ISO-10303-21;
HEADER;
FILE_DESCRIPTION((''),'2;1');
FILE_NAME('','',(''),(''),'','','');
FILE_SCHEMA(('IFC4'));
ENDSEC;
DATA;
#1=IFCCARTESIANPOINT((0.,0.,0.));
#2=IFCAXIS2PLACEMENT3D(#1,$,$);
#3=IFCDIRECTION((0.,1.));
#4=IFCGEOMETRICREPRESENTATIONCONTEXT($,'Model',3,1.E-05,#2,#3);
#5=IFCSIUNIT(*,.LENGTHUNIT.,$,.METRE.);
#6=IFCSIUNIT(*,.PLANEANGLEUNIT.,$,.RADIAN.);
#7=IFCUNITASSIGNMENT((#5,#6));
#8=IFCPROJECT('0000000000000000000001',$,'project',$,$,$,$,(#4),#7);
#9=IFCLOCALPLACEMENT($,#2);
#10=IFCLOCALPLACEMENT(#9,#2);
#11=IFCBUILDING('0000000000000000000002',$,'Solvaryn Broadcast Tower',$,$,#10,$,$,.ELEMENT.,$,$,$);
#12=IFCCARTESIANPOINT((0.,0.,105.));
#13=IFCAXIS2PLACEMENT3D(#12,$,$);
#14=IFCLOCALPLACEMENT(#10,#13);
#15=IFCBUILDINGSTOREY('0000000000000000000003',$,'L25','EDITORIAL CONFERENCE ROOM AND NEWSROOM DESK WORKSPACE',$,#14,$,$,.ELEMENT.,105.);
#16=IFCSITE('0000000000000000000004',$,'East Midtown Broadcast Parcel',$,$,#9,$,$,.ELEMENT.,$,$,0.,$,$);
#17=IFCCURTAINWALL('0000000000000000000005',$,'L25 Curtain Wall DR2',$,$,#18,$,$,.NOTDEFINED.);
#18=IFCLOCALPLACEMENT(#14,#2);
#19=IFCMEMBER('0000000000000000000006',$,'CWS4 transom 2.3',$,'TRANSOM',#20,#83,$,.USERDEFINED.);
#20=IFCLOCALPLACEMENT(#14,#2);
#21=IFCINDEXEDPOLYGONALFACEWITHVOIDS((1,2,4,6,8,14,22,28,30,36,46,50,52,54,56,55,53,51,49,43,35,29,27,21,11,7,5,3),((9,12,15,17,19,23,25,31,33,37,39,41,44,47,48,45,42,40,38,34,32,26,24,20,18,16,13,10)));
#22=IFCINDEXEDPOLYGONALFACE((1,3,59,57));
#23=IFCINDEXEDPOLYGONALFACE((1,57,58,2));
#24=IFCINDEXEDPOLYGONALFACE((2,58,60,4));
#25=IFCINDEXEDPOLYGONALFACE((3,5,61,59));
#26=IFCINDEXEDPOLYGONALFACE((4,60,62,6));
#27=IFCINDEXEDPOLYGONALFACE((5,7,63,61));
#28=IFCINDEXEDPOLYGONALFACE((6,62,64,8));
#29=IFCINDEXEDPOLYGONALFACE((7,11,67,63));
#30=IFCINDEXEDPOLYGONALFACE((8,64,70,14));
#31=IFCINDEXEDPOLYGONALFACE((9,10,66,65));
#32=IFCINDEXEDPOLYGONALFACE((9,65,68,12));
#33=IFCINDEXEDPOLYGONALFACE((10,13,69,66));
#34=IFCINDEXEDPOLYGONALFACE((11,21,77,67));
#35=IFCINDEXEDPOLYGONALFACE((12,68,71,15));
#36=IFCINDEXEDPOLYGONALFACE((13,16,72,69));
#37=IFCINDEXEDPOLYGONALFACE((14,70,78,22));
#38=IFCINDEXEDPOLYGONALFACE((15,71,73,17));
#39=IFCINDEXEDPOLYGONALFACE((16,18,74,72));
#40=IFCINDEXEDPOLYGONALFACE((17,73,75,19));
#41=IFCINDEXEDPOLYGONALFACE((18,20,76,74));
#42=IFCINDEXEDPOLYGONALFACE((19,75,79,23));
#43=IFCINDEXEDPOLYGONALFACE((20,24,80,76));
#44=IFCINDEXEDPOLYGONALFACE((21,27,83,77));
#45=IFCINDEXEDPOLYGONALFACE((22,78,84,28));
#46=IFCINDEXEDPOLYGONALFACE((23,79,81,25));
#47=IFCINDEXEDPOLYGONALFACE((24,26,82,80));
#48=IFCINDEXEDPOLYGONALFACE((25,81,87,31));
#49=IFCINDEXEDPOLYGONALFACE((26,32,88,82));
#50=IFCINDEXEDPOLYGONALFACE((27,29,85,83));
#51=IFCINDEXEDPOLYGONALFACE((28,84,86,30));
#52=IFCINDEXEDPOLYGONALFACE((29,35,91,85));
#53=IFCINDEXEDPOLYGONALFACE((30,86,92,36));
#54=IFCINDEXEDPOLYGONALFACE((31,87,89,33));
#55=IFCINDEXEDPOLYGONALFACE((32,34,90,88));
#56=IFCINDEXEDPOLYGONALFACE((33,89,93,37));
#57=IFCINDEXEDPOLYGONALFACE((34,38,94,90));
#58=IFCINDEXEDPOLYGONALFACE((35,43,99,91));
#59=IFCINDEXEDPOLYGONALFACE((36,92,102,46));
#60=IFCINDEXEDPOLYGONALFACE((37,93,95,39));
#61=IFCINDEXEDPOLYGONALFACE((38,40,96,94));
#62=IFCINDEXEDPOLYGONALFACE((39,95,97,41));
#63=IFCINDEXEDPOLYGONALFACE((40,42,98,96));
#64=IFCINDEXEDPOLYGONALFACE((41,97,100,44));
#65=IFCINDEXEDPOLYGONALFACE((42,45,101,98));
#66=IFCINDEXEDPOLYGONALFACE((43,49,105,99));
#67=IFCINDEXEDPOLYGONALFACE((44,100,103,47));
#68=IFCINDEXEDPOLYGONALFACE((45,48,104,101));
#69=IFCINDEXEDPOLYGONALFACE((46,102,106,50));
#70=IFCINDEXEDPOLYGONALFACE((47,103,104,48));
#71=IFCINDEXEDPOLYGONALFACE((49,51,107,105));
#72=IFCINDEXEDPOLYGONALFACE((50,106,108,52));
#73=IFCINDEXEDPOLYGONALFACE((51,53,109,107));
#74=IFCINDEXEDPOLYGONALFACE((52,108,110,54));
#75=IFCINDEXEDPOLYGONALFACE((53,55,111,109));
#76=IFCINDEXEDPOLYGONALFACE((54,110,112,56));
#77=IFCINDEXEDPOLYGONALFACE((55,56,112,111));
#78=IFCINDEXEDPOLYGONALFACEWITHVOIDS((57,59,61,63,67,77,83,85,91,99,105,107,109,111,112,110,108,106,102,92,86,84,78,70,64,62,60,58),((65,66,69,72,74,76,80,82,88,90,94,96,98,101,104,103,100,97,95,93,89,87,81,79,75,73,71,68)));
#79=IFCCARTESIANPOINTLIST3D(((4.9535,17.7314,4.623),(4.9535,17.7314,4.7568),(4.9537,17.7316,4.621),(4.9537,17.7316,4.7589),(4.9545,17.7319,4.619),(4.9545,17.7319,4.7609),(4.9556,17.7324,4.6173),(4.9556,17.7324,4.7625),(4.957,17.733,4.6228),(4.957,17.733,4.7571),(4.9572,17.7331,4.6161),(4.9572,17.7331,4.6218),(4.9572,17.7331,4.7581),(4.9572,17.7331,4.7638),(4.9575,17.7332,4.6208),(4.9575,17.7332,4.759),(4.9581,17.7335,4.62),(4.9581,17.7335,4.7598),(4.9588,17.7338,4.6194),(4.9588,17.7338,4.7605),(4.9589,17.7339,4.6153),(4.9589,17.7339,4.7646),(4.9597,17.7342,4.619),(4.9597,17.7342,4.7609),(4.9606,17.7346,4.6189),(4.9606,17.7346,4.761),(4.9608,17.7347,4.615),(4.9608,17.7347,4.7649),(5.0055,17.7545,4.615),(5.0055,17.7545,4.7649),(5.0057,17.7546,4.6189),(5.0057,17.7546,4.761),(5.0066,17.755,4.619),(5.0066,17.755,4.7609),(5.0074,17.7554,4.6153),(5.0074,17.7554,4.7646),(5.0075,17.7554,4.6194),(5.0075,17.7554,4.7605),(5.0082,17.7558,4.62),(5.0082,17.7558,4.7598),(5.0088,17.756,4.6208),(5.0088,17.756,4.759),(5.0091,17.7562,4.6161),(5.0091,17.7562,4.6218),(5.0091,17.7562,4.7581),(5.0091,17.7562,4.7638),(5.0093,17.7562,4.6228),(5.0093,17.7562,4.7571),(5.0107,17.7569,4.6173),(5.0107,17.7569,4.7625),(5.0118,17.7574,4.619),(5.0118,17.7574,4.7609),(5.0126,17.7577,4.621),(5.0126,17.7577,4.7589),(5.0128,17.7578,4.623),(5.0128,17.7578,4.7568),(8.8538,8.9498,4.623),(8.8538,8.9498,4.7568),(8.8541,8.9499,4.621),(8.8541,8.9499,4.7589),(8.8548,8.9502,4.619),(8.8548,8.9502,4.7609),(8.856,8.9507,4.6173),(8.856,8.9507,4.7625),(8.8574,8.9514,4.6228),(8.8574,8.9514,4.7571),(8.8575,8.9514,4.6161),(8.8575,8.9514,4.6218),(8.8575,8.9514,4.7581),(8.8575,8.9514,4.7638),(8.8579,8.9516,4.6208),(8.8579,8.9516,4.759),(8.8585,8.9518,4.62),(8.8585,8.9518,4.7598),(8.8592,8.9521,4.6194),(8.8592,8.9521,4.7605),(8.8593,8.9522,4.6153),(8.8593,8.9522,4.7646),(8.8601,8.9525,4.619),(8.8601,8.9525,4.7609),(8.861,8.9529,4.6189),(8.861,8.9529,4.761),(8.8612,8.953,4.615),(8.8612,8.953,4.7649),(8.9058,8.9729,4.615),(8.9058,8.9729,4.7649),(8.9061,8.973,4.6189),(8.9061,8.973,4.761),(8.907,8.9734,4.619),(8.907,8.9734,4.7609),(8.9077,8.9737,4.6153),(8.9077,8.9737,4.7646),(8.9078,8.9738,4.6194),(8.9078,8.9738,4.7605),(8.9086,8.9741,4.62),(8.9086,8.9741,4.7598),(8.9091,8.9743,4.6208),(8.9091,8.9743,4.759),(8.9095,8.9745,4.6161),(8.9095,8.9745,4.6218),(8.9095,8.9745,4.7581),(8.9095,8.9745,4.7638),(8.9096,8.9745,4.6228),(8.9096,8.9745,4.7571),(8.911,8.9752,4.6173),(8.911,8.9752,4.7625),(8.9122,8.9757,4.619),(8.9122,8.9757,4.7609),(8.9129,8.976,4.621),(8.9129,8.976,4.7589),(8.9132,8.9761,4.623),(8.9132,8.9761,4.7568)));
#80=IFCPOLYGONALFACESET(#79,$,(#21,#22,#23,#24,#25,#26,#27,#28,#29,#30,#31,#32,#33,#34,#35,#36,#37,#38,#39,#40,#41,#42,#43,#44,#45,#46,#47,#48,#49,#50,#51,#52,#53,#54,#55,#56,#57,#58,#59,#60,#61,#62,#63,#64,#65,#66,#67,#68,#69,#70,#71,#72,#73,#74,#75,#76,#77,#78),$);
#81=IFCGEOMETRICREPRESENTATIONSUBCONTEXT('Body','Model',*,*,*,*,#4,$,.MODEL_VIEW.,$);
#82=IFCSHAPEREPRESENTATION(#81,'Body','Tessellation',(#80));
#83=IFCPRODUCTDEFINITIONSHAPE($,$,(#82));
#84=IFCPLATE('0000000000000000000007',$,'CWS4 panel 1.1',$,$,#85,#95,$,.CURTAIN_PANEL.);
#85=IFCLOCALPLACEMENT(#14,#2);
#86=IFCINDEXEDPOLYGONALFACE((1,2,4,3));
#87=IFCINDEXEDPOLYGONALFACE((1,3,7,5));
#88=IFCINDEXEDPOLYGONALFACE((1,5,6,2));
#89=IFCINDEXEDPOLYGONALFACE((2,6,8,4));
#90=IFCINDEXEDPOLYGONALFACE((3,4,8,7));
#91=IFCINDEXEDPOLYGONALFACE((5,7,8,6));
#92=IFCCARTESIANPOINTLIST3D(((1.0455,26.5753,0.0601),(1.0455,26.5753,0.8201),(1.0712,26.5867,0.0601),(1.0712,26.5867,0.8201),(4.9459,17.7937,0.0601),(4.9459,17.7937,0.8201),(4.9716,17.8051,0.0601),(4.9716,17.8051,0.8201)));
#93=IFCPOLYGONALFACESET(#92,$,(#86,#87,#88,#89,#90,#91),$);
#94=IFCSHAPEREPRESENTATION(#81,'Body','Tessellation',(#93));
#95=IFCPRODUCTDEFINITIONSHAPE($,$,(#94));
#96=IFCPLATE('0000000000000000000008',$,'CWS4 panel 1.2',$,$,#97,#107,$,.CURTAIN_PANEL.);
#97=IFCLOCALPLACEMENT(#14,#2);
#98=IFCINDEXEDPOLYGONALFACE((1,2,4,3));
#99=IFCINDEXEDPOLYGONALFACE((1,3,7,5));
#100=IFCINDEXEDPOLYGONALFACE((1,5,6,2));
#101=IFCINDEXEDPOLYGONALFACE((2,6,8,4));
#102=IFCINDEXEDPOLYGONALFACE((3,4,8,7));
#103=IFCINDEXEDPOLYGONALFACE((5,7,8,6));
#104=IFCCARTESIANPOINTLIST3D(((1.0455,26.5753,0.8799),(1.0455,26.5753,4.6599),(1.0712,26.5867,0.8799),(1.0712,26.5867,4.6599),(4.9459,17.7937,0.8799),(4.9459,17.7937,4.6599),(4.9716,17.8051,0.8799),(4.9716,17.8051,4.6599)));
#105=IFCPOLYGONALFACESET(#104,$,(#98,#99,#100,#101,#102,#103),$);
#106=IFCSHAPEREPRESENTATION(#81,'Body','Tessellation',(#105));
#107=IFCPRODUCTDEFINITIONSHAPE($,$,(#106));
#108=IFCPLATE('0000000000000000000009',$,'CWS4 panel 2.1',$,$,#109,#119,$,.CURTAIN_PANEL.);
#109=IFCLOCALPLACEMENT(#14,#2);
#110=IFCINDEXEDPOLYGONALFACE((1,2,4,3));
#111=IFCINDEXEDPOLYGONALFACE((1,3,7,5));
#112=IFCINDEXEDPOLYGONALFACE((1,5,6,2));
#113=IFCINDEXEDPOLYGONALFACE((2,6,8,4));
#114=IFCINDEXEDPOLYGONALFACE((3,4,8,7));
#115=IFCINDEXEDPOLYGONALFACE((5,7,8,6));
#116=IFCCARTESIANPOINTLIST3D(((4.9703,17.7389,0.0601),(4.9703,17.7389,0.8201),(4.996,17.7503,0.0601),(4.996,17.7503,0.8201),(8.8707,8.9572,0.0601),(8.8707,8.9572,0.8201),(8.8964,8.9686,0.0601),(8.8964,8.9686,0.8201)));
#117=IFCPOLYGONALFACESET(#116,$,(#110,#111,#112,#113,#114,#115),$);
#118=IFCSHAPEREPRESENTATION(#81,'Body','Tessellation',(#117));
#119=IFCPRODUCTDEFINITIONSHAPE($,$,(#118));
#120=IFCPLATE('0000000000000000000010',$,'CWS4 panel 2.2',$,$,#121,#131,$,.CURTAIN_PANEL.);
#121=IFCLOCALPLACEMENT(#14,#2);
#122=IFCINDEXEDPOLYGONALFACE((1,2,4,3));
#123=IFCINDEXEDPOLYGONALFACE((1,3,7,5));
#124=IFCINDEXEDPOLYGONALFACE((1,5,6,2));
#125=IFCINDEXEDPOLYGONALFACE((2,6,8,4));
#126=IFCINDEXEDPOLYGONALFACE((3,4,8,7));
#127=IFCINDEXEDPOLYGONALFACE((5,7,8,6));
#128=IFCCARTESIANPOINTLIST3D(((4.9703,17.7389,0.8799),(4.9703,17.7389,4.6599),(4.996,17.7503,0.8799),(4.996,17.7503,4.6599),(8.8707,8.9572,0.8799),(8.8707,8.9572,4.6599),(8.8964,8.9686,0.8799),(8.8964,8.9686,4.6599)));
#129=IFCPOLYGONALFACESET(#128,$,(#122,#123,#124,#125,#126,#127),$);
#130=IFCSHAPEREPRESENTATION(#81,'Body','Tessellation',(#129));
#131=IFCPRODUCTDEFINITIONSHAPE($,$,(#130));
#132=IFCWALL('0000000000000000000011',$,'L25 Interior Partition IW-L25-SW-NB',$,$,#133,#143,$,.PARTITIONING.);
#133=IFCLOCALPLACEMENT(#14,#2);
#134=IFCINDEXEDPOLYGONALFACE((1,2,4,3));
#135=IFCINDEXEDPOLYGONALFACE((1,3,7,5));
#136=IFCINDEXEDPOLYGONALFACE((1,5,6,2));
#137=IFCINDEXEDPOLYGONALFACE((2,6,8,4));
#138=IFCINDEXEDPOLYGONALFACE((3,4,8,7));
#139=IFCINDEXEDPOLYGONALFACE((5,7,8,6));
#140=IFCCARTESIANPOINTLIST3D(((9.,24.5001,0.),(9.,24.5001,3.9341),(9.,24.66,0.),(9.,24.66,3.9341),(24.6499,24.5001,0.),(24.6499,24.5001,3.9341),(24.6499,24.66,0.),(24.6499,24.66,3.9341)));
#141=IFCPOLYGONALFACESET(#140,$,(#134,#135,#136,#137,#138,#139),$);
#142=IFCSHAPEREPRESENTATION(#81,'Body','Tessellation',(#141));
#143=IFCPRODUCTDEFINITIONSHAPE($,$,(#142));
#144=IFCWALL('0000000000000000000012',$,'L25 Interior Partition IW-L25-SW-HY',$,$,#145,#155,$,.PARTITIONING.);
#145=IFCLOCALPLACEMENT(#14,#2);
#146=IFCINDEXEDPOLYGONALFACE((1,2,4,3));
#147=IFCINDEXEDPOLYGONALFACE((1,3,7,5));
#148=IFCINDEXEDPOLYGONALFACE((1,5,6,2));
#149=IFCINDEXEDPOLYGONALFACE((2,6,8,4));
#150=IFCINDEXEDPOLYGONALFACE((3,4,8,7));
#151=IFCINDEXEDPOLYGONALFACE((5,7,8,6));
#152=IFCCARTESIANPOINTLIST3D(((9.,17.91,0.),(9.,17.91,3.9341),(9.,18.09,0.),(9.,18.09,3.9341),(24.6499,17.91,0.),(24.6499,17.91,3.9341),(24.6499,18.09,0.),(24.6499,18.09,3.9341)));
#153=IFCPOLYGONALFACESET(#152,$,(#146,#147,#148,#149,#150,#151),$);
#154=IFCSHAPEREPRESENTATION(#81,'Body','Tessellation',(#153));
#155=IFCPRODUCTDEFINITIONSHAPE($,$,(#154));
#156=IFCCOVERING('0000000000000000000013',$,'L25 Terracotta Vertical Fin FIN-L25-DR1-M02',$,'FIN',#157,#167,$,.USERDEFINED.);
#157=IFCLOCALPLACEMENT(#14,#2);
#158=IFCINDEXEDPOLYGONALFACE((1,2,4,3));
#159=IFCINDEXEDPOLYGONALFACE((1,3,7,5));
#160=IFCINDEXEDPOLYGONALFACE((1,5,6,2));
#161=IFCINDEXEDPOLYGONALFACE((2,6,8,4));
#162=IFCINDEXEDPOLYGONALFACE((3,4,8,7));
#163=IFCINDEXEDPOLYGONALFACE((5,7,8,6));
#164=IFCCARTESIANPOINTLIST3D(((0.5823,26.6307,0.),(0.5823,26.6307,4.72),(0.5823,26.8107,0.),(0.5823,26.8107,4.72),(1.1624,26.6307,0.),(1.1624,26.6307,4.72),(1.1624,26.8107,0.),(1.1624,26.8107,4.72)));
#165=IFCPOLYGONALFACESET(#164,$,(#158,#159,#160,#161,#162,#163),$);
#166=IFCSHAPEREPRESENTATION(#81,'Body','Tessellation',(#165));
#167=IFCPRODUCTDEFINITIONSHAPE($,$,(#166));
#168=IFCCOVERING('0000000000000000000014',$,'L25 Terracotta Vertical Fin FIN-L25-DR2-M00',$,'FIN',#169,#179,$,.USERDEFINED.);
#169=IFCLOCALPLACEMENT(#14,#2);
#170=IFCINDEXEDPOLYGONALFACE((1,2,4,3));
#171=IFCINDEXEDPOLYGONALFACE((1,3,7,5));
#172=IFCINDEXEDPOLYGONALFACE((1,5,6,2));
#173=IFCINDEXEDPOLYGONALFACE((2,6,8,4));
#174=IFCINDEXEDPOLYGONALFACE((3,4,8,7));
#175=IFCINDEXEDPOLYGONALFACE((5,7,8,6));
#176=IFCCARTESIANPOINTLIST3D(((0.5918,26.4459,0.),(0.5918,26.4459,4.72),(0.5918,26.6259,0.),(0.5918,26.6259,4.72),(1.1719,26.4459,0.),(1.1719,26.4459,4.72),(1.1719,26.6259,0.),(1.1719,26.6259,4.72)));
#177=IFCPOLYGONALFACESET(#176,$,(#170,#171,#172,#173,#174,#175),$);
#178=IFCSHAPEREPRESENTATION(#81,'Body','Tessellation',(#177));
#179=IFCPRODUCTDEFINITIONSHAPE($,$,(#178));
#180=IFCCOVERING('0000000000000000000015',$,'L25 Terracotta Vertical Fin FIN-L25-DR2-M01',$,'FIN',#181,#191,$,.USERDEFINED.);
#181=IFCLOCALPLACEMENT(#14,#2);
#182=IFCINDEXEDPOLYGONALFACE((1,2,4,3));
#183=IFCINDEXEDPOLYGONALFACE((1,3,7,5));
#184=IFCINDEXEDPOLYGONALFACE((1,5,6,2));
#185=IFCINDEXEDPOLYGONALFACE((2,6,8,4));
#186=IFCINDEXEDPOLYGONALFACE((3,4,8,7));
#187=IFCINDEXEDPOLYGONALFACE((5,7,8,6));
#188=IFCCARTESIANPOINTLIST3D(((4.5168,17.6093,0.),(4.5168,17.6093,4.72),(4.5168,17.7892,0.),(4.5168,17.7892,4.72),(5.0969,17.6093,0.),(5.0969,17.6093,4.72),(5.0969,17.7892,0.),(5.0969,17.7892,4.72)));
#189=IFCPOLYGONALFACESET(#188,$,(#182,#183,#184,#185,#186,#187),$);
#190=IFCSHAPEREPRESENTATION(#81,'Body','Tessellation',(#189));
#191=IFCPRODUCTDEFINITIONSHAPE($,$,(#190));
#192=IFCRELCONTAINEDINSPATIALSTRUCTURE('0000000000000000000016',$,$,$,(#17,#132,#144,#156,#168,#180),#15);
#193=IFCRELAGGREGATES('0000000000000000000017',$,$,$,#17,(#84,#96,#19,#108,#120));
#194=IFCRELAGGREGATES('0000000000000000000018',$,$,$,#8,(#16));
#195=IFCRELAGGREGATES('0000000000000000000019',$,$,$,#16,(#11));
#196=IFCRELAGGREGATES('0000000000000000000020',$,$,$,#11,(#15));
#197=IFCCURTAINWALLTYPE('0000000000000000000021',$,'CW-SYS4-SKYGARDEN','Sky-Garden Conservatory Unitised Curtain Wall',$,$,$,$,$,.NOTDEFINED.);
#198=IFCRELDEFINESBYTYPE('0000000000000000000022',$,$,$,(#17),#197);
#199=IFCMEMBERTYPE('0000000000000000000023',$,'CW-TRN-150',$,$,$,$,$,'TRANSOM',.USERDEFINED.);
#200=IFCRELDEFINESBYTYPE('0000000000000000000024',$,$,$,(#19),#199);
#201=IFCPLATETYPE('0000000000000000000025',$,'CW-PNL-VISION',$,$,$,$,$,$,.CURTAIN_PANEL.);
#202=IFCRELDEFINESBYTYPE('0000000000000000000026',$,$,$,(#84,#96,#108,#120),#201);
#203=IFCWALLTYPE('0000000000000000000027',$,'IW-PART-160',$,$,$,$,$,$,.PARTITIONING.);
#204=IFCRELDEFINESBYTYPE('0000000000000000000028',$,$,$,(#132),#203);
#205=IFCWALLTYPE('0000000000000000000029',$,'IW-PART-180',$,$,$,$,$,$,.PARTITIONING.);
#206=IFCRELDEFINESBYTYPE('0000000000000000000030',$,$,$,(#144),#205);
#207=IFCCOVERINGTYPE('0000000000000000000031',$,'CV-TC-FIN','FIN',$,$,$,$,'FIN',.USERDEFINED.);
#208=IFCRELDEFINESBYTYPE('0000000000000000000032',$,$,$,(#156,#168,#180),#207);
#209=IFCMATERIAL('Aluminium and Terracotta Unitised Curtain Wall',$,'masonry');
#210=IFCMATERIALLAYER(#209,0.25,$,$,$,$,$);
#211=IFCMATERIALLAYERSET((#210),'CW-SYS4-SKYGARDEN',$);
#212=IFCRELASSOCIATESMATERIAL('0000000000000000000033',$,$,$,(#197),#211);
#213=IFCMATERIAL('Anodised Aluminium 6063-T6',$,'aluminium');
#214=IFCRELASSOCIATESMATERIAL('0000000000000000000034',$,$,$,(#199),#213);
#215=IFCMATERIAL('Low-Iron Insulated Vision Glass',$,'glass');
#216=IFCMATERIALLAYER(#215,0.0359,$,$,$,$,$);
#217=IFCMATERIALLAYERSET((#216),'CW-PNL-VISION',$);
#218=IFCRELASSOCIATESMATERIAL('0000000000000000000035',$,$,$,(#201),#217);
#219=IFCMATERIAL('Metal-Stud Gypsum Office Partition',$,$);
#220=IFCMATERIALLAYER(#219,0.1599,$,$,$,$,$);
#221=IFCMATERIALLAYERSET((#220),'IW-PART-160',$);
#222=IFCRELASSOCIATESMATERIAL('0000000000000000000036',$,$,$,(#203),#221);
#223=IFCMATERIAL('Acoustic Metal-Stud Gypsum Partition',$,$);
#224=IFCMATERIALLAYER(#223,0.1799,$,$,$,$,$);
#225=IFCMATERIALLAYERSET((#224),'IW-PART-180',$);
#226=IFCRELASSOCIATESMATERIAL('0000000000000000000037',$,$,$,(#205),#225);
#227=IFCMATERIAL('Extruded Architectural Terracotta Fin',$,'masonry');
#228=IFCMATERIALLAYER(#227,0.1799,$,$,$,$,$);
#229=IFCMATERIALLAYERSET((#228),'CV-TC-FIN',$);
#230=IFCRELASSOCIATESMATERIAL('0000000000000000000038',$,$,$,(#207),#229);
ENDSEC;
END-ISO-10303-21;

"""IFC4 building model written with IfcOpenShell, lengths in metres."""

from ifc_helpers import new_model, si_unit, direction, frame, frame_2d, origin, origin_2d, place, context, subcontext, project, spatial, rectangle, hollow_rectangle, extrude, material, layer, layer_set, material_profile, profile_set, type_object, element, aggregate, save


model = new_model("IFC4")

# Units and contexts
model_context = context("Model", 3, precision=1e-05, world=origin(), true_north=direction((0.0, 1.0)))
body_context = subcontext(model_context, "Body", "Model", "MODEL_VIEW")
ifc_project = project(units=[si_unit("LENGTHUNIT", "METRE"), si_unit("PLANEANGLEUNIT", "RADIAN")], contexts=[model_context])

# Site, building, storey
site_placement = place(None, origin())
site = spatial("IfcSite", under=ifc_project, at=site_placement, Name="East Midtown Broadcast Parcel", CompositionType="ELEMENT", RefElevation=0.0)
building_placement = place(site_placement, origin())
building = spatial("IfcBuilding", under=site, at=building_placement, Name="Solvaryn Broadcast Tower", CompositionType="ELEMENT")
storey_placement = place(building_placement, frame((0.0, 0.0, 105.0)))
storey = spatial("IfcBuildingStorey", under=building, at=storey_placement, Name="L25", Description="EDITORIAL CONFERENCE ROOM AND NEWSROOM DESK WORKSPACE", CompositionType="ELEMENT", Elevation=105.0)

# Shared definitions
ifc_material_1 = material(Name="Aluminium and Terracotta Unitised Curtain Wall", Category="masonry")
ifc_layer_1 = layer(ifc_material_1, 0.25)
ifc_layer_set_1 = layer_set([ifc_layer_1], Name="CW-SYS4-SKYGARDEN")
curtain_wall_type = type_object("IfcCurtainWallType", Name="CW-SYS4-SKYGARDEN", Description="Sky-Garden Conservatory Unitised Curtain Wall", PredefinedType="NOTDEFINED", material=ifc_layer_set_1)

# Curtain wall, member, plates
curtain_wall_1_placement = place(storey_placement, origin())
curtain_wall_1 = element("IfcCurtainWall", 1, at=curtain_wall_1_placement, inside=storey, type_object=curtain_wall_type, Name="L25 Curtain Wall DR2", PredefinedType="NOTDEFINED")
ifc_material_2 = material(Name="Anodised Aluminium 6063-T6", Category="aluminium")
ifc_material_profile_1 = material_profile(ifc_material_2, hollow_rectangle(XDim=0.0649, YDim=0.1499, WallThickness=0.0039, InnerFilletRadius=0.0039, OuterFilletRadius=0.0081, at=origin_2d()))
ifc_profile_set_1 = profile_set([ifc_material_profile_1], Name="Anodised Aluminium 6063-T6")
member_type_1 = type_object("IfcMemberType", Name="CW-TRN-150", ElementType="TRANSOM", PredefinedType="USERDEFINED", material=ifc_profile_set_1)
member_1_placement = place(storey_placement, frame((4.9832, 17.7446, 4.6899), z_axis=(0.405912, -0.913912, 0.0), x_axis=(0.913912, 0.405912, 0.0)))
member_1 = element("IfcMember", 2, at=member_1_placement, type_object=member_type_1, Name="CWS4 transom 2.3", ObjectType="TRANSOM", PredefinedType="USERDEFINED", context=body_context, shape_type="SweptSolid", body=[
    extrude(hollow_rectangle(XDim=0.0649, YDim=0.1499, WallThickness=0.0039, InnerFilletRadius=0.0039, OuterFilletRadius=0.0081, at=origin_2d()), origin(), (0.0, 0.0, 1.0), 9.6089),
])
ifc_material_3 = material(Name="Low-Iron Insulated Vision Glass", Category="glass")
ifc_layer_2 = layer(ifc_material_3, 0.0359)
ifc_layer_set_2 = layer_set([ifc_layer_2], Name="CW-PNL-VISION")
plate_type = type_object("IfcPlateType", Name="CW-PNL-VISION", PredefinedType="CURTAIN_PANEL", material=ifc_layer_set_2)
plate_1_placement = place(storey_placement, frame((3.0085, 22.1902, 0.0601), z_axis=(0.0, 0.0, 1.0), x_axis=(0.405918, -0.913909, 0.0)))
plate_1 = element("IfcPlate", 3, at=plate_1_placement, type_object=plate_type, Name="CWS4 panel 1.1", PredefinedType="CURTAIN_PANEL", context=body_context, shape_type="SweptSolid", body=[
    extrude(rectangle(XDim=9.6089, YDim=0.0281, at=origin_2d()), origin(), (0.0, 0.0, 1.0), 0.76),
])
plate_2_placement = place(storey_placement, frame((3.0085, 22.1902, 0.8799), z_axis=(0.0, 0.0, 1.0), x_axis=(0.405918, -0.913909, 0.0)))
plate_2 = element("IfcPlate", 4, at=plate_2_placement, type_object=plate_type, Name="CWS4 panel 1.2", PredefinedType="CURTAIN_PANEL", context=body_context, shape_type="SweptSolid", body=[
    extrude(rectangle(XDim=9.6089, YDim=0.0281, at=origin_2d()), origin(), (0.0, 0.0, 1.0), 3.78),
])
plate_3_placement = place(storey_placement, frame((6.9333, 13.3538, 0.0601), z_axis=(0.0, 0.0, 1.0), x_axis=(0.405918, -0.913909, 0.0)))
plate_3 = element("IfcPlate", 5, at=plate_3_placement, type_object=plate_type, Name="CWS4 panel 2.1", PredefinedType="CURTAIN_PANEL", context=body_context, shape_type="SweptSolid", body=[
    extrude(rectangle(XDim=9.6089, YDim=0.0281, at=origin_2d()), origin(), (0.0, 0.0, 1.0), 0.76),
])
plate_4_placement = place(storey_placement, frame((6.9333, 13.3538, 0.8799), z_axis=(0.0, 0.0, 1.0), x_axis=(0.405918, -0.913909, 0.0)))
plate_4 = element("IfcPlate", 6, at=plate_4_placement, type_object=plate_type, Name="CWS4 panel 2.2", PredefinedType="CURTAIN_PANEL", context=body_context, shape_type="SweptSolid", body=[
    extrude(rectangle(XDim=9.6089, YDim=0.0281, at=origin_2d()), origin(), (0.0, 0.0, 1.0), 3.78),
])
aggregate(curtain_wall_1, [plate_1, plate_2, member_1, plate_3, plate_4])

# Shared definitions
ifc_material_4 = material(Name="Metal-Stud Gypsum Office Partition")
ifc_layer_3 = layer(ifc_material_4, 0.1599)
ifc_layer_set_3 = layer_set([ifc_layer_3], Name="IW-PART-160")
wall_type_1 = type_object("IfcWallType", Name="IW-PART-160", PredefinedType="PARTITIONING", material=ifc_layer_set_3)

# Walls
wall_1_placement = place(storey_placement, frame((9.0, 24.5801, 0.0), z_axis=(0.0, 0.0, 1.0), x_axis=(1.0, 0.0, 0.0)))
element("IfcWall", 7, at=wall_1_placement, inside=storey, type_object=wall_type_1, Name="L25 Interior Partition IW-L25-SW-NB", PredefinedType="PARTITIONING", context=body_context, shape_type="SweptSolid", body=[
    extrude(rectangle(XDim=15.6499, YDim=0.1599, at=frame_2d((7.825, 0.0))), origin(), (0.0, 0.0, 1.0), 3.9341),
])
ifc_material_5 = material(Name="Acoustic Metal-Stud Gypsum Partition")
ifc_layer_4 = layer(ifc_material_5, 0.1799)
ifc_layer_set_4 = layer_set([ifc_layer_4], Name="IW-PART-180")
wall_type_2 = type_object("IfcWallType", Name="IW-PART-180", PredefinedType="PARTITIONING", material=ifc_layer_set_4)
wall_2_placement = place(storey_placement, frame((9.0, 18.0, 0.0), z_axis=(0.0, 0.0, 1.0), x_axis=(1.0, 0.0, 0.0)))
element("IfcWall", 8, at=wall_2_placement, inside=storey, type_object=wall_type_2, Name="L25 Interior Partition IW-L25-SW-HY", PredefinedType="PARTITIONING", context=body_context, shape_type="SweptSolid", body=[
    extrude(rectangle(XDim=15.6499, YDim=0.1799, at=frame_2d((7.825, 0.0))), origin(), (0.0, 0.0, 1.0), 3.9341),
])

# Coverings
ifc_material_6 = material(Name="Extruded Architectural Terracotta Fin", Category="masonry")
ifc_layer_5 = layer(ifc_material_6, 0.1799)
ifc_layer_set_5 = layer_set([ifc_layer_5], Name="CV-TC-FIN")
covering_type = type_object("IfcCoveringType", Name="CV-TC-FIN", Description="FIN", ElementType="FIN", PredefinedType="USERDEFINED", material=ifc_layer_set_5)
for number, where, z_axis, x_axis, name in (
    (9, (0.8723, 26.7207, 0.0), (0.0, 0.0, 1.0), (1.0, 0.0, 0.0), "L25 Terracotta Vertical Fin FIN-L25-DR1-M02"),
    (10, (0.8818, 26.5359, 0.0), (0.0, 0.0, 1.0), (1.0, 0.0, 0.0), "L25 Terracotta Vertical Fin FIN-L25-DR2-M00"),
    (11, (4.8069, 17.6992, 0.0), (0.0, 0.0, 1.0), (1.0, 0.0, 0.0), "L25 Terracotta Vertical Fin FIN-L25-DR2-M01"),
):
    element("IfcCovering", number, at=place(storey_placement, frame(where, z_axis=z_axis, x_axis=x_axis)), inside=storey, type_object=covering_type, Name=name, ObjectType="FIN", PredefinedType="USERDEFINED", context=body_context, shape_type="SweptSolid", body=[
        extrude(rectangle(XDim=0.5801, YDim=0.1799, at=origin_2d()), origin(), (0.0, 0.0, 1.0), 4.72),
    ])

save(model, "model.ifc")
